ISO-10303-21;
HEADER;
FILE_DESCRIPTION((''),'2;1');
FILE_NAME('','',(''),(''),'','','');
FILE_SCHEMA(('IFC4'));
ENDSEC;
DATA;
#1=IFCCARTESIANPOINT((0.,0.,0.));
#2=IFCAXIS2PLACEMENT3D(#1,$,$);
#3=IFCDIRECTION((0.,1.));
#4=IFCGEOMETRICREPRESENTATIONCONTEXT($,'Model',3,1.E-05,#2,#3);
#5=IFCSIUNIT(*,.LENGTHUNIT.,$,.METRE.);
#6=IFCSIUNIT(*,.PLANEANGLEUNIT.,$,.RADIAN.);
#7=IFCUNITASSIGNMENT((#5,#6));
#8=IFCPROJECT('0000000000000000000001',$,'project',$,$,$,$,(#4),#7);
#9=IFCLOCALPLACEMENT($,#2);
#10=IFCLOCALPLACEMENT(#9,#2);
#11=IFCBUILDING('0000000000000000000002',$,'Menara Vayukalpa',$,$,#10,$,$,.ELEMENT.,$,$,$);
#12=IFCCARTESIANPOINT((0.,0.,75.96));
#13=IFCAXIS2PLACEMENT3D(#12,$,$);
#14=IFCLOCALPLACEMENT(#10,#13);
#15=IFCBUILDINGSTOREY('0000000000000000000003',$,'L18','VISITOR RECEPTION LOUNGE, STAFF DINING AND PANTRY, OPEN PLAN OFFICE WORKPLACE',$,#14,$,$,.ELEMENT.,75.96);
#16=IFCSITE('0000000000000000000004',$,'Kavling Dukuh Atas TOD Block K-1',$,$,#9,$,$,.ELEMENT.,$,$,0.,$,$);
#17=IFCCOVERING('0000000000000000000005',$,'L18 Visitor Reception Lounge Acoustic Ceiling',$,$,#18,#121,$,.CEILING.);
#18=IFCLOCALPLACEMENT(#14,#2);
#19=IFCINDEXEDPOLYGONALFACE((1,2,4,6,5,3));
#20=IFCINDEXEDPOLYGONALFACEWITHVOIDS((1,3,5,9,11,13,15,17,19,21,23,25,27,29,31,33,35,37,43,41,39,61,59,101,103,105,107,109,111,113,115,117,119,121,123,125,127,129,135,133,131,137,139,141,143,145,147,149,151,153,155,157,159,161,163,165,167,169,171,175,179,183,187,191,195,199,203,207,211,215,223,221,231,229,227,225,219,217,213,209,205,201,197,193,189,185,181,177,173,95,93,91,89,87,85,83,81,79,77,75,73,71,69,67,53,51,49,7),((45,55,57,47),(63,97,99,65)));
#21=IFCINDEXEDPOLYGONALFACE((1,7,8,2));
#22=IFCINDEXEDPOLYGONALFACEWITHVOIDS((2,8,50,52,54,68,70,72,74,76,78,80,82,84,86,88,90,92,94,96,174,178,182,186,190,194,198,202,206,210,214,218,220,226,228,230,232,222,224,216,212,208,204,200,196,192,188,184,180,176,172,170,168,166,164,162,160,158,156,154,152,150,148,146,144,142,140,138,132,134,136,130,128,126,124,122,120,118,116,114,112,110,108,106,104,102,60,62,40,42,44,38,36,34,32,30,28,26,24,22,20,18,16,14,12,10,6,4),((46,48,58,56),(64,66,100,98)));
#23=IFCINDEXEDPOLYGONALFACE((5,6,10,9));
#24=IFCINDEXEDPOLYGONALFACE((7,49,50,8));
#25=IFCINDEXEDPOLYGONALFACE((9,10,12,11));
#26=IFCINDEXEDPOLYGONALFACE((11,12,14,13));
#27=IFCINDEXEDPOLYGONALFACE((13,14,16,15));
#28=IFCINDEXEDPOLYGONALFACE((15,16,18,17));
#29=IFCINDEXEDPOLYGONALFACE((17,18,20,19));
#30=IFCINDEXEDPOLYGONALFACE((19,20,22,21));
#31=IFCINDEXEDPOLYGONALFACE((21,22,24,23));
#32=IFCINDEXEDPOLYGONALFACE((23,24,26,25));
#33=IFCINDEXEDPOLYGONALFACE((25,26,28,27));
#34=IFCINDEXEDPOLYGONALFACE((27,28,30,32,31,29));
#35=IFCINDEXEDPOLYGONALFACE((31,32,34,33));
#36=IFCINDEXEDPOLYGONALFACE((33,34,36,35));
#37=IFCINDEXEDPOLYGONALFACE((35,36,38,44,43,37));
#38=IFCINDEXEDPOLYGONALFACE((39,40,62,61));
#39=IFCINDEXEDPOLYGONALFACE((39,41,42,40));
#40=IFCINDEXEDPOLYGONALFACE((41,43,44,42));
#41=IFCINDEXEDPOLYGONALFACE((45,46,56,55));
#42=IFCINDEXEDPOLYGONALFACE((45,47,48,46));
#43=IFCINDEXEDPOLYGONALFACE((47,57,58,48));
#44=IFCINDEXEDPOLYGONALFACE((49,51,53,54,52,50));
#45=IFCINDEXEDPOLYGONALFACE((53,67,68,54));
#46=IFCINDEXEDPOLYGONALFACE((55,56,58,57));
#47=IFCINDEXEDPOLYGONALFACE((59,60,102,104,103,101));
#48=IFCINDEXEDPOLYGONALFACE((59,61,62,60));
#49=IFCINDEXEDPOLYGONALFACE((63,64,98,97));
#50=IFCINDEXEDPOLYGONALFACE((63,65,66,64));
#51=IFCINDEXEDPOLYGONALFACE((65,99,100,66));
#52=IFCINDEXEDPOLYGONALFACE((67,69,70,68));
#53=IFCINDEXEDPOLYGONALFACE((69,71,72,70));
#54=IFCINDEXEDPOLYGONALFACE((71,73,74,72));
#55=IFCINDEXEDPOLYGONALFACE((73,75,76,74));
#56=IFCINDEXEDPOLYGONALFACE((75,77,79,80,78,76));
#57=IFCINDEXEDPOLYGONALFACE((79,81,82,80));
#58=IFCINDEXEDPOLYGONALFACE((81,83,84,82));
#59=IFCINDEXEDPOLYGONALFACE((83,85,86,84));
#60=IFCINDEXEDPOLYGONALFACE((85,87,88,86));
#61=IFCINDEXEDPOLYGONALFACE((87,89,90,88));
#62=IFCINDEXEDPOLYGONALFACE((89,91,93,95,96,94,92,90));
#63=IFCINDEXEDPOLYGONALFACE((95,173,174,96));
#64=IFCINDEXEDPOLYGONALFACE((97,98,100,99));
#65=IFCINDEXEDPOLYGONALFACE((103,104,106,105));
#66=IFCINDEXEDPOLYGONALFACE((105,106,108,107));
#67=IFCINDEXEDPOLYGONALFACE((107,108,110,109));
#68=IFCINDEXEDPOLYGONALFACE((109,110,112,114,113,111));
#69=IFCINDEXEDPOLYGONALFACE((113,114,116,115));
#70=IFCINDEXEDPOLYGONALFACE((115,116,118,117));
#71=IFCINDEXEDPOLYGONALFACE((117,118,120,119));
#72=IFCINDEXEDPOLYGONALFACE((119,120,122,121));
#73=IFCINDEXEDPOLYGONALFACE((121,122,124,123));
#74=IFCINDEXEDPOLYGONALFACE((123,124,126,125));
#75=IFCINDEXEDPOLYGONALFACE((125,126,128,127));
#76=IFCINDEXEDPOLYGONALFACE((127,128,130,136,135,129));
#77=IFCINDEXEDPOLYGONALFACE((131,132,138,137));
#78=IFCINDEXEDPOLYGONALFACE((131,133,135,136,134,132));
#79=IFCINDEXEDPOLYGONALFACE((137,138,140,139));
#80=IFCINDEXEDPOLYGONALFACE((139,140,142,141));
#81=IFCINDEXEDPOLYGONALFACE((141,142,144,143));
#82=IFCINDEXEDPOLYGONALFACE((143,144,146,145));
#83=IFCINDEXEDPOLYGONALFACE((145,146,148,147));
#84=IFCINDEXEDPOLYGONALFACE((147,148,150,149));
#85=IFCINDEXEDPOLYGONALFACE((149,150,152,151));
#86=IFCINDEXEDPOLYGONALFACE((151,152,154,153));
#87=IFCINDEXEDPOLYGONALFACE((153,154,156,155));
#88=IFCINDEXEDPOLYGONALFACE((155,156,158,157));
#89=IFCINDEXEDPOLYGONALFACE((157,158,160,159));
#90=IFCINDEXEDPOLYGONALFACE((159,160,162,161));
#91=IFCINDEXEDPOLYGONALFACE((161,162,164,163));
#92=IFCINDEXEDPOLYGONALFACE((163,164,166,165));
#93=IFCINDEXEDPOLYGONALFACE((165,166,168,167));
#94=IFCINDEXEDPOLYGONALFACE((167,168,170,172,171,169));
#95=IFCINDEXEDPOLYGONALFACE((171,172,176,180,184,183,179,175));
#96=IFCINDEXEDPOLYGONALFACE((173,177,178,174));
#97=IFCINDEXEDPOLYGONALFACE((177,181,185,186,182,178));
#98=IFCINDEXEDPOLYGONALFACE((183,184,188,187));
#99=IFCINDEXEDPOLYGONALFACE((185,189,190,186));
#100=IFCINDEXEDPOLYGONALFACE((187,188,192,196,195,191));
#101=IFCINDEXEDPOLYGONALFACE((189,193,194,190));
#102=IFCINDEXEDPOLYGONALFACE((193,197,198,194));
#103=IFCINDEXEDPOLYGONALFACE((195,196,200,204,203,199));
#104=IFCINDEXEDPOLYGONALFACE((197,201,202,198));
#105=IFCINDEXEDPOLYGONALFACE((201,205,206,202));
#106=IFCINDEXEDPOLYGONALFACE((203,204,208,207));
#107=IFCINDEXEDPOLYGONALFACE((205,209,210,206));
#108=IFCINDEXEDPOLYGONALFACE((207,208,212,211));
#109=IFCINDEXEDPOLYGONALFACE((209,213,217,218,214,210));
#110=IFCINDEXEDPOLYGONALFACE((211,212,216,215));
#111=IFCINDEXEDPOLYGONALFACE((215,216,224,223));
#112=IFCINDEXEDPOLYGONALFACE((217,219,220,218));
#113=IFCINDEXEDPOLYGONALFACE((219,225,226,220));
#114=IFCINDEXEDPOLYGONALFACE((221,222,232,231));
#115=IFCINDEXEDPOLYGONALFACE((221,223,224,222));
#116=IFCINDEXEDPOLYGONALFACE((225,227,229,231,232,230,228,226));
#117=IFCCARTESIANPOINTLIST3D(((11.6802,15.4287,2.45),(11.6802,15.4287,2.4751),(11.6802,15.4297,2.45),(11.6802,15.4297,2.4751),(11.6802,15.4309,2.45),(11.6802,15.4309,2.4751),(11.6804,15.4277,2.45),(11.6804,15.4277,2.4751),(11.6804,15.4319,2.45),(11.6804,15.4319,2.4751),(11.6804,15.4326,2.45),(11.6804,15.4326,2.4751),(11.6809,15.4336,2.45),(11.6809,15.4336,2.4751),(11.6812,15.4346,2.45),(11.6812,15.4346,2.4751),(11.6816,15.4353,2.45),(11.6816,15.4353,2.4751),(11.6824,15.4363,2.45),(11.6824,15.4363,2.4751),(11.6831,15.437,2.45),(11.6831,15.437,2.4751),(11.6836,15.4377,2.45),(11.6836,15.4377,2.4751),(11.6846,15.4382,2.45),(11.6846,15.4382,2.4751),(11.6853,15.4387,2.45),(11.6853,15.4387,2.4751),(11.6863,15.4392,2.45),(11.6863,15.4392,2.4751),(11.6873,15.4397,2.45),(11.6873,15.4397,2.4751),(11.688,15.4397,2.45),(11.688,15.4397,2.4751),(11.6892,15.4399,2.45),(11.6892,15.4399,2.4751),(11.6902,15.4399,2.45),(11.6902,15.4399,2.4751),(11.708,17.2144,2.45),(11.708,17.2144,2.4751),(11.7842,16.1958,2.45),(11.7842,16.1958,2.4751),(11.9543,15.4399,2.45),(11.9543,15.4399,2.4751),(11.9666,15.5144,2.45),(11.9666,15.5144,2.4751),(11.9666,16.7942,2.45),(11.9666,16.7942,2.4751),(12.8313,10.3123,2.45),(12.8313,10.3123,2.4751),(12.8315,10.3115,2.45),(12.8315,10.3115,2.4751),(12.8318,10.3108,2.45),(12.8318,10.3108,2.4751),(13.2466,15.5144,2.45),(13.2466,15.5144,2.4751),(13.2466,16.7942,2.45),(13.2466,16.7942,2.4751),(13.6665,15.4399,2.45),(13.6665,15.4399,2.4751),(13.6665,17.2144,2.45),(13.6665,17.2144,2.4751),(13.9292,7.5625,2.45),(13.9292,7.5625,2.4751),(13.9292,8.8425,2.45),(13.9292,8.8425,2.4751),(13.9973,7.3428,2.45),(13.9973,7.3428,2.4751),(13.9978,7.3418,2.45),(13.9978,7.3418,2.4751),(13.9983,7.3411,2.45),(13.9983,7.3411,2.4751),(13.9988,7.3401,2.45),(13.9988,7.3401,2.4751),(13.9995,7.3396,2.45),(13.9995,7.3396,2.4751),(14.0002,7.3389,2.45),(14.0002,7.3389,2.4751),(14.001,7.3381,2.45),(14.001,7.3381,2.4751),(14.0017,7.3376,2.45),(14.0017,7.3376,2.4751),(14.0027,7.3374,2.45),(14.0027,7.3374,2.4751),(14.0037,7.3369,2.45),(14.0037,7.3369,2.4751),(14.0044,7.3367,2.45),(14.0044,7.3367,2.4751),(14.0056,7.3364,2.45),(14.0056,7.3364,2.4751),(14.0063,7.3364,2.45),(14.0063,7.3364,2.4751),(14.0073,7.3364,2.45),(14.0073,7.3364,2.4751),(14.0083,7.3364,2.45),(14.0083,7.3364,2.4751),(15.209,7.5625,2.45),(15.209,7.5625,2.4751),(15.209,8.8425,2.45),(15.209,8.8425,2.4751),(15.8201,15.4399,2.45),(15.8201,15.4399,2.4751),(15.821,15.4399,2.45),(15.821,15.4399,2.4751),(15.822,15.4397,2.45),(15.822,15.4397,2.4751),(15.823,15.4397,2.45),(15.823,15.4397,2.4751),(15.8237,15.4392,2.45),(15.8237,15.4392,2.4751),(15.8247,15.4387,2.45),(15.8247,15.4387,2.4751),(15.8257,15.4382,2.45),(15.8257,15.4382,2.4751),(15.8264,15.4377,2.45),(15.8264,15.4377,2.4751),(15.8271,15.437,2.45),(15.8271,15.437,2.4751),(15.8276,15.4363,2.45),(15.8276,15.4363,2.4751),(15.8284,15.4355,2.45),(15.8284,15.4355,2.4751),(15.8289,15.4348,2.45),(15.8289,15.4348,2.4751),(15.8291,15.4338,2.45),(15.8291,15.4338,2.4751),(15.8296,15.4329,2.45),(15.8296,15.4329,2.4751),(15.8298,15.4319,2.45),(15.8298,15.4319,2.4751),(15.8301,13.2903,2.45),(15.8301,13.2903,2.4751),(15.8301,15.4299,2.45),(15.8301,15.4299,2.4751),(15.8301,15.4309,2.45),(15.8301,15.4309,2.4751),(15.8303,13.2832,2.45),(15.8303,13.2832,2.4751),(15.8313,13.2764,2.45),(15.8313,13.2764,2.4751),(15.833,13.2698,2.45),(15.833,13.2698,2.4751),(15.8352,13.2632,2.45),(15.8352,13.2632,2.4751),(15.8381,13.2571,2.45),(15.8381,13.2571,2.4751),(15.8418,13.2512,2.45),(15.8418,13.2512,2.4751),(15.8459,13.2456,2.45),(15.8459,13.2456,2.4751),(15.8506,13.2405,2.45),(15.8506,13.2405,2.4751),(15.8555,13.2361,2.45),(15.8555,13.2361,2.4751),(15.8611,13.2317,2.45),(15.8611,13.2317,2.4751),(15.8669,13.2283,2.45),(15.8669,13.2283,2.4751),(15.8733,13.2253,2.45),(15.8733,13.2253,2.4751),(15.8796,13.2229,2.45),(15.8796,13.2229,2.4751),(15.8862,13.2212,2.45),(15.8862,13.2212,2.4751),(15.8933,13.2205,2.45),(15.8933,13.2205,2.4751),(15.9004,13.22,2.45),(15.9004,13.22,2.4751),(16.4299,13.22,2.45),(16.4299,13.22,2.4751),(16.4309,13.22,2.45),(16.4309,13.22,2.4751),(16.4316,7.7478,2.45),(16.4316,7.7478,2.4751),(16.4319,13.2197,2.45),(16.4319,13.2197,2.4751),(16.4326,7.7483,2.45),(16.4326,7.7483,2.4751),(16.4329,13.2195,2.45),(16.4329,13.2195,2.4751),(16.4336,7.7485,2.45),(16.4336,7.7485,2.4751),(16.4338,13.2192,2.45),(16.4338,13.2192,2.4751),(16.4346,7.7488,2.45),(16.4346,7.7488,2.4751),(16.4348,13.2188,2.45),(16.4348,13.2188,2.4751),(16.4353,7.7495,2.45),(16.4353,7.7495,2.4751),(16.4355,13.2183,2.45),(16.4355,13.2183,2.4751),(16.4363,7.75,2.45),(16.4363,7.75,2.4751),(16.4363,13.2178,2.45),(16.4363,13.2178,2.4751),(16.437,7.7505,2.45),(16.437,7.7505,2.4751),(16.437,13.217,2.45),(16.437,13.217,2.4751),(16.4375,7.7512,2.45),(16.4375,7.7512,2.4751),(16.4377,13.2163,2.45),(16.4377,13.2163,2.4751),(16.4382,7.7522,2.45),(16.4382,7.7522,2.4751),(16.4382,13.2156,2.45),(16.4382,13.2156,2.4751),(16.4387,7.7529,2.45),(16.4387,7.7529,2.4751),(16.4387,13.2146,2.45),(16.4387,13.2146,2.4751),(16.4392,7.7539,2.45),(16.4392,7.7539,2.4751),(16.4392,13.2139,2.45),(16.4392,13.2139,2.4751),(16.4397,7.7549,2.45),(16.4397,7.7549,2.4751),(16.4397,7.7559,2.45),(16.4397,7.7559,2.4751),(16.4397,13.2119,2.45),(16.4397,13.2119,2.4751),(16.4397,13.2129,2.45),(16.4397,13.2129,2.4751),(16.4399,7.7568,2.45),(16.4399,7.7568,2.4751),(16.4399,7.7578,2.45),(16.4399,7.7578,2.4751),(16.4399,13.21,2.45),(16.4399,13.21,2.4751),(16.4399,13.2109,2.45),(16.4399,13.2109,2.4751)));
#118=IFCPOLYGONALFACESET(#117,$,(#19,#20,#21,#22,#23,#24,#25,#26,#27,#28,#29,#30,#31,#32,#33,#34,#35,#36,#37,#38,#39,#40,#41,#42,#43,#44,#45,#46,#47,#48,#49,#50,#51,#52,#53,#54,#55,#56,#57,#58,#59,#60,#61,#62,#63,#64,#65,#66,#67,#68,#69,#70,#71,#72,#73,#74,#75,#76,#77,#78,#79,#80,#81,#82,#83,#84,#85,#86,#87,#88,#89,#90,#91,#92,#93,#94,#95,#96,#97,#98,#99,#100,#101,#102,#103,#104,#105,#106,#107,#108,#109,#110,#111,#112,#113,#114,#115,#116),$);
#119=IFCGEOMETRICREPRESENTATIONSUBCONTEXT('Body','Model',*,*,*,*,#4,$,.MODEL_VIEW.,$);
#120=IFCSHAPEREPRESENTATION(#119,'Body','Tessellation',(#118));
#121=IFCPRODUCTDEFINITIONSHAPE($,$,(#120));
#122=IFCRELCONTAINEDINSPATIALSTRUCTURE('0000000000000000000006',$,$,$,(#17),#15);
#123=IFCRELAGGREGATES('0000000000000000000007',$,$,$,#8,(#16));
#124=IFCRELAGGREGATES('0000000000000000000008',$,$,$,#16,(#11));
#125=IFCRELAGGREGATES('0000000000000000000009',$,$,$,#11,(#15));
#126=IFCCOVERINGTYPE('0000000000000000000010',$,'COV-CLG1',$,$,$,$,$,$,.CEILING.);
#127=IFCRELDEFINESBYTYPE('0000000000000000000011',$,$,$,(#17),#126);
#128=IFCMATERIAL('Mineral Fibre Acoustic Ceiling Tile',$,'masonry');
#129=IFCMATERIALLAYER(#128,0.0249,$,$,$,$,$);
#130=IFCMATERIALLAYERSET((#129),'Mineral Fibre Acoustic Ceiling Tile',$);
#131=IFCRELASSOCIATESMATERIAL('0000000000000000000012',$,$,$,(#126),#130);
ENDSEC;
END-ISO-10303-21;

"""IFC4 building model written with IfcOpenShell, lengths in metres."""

from ifc_helpers import new_model, si_unit, direction, frame, origin, place, context, subcontext, project, spatial, polyline, outline, extrude, material, layer, layer_set, type_object, element, save


model = new_model("IFC4")

# Units and contexts
model_context = context("Model", 3, precision=1e-05, world=origin(), true_north=direction((0.0, 1.0)))
body_context = subcontext(model_context, "Body", "Model", "MODEL_VIEW")
ifc_project = project(units=[si_unit("LENGTHUNIT", "METRE"), si_unit("PLANEANGLEUNIT", "RADIAN")], contexts=[model_context])

# Site, building, storey
site_placement = place(None, origin())
site = spatial("IfcSite", under=ifc_project, at=site_placement, Name="Kavling Dukuh Atas TOD Block K-1", CompositionType="ELEMENT", RefElevation=0.0)
building_placement = place(site_placement, origin())
building = spatial("IfcBuilding", under=site, at=building_placement, Name="Menara Vayukalpa", CompositionType="ELEMENT")
storey_placement = place(building_placement, frame((0.0, 0.0, 75.96)))
storey = spatial("IfcBuildingStorey", under=building, at=storey_placement, Name="L18", Description="VISITOR RECEPTION LOUNGE, STAFF DINING AND PANTRY, OPEN PLAN OFFICE WORKPLACE", CompositionType="ELEMENT", Elevation=75.96)

# Covering
ifc_material_1 = material(Name="Mineral Fibre Acoustic Ceiling Tile", Category="masonry")
ifc_layer_1 = layer(ifc_material_1, 0.0249)
ifc_layer_set_1 = layer_set([ifc_layer_1], Name="Mineral Fibre Acoustic Ceiling Tile")
covering_type_1 = type_object("IfcCoveringType", Name="COV-CLG1", PredefinedType="CEILING", material=ifc_layer_set_1)
covering_1_placement = place(storey_placement, frame((0.0, 0.0, 2.45)))
element("IfcCovering", 1, at=covering_1_placement, inside=storey, type_object=covering_type_1, Name="L18 Visitor Reception Lounge Acoustic Ceiling", PredefinedType="CEILING", context=body_context, shape_type="SweptSolid", body=[
    extrude(outline(polyline([(14.0056, 7.3364), (14.0044, 7.3367), (14.0037, 7.3369), (14.0027, 7.3374), (14.0017, 7.3376), (14.001, 7.3381), (14.0002, 7.3389), (13.9995, 7.3396), (13.9988, 7.3401), (13.9983, 7.3411), (13.9978, 7.3418), (13.9973, 7.3428), (12.8318, 10.3108), (12.8315, 10.3115), (12.8313, 10.3123), (11.6804, 15.4277), (11.6802, 15.4287), (11.6802, 15.4297), (11.6802, 15.4309), (11.6804, 15.4319), (11.6804, 15.4326), (11.6809, 15.4336), (11.6812, 15.4346), (11.6816, 15.4353), (11.6824, 15.4363), (11.6831, 15.437), (11.6836, 15.4377), (11.6846, 15.4382), (11.6853, 15.4387), (11.6863, 15.4392), (11.6873, 15.4397), (11.688, 15.4397), (11.6892, 15.4399), (11.6902, 15.4399), (11.9543, 15.4399), (11.7842, 16.1958), (11.708, 17.2144), (13.6665, 17.2144), (13.6665, 15.4399), (15.8201, 15.4399), (15.821, 15.4399), (15.822, 15.4397), (15.823, 15.4397), (15.8237, 15.4392), (15.8247, 15.4387), (15.8257, 15.4382), (15.8264, 15.4377), (15.8271, 15.437), (15.8276, 15.4363), (15.8284, 15.4355), (15.8289, 15.4348), (15.8291, 15.4338), (15.8296, 15.4329), (15.8298, 15.4319), (15.8301, 15.4309), (15.8301, 15.4299), (15.8301, 13.2903), (15.8303, 13.2832), (15.8313, 13.2764), (15.833, 13.2698), (15.8352, 13.2632), (15.8381, 13.2571), (15.8418, 13.2512), (15.8459, 13.2456), (15.8506, 13.2405), (15.8555, 13.2361), (15.8611, 13.2317), (15.8669, 13.2283), (15.8733, 13.2253), (15.8796, 13.2229), (15.8862, 13.2212), (15.8933, 13.2205), (15.9004, 13.22), (16.4299, 13.22), (16.4309, 13.22), (16.4319, 13.2197), (16.4329, 13.2195), (16.4338, 13.2192), (16.4348, 13.2188), (16.4355, 13.2183), (16.4363, 13.2178), (16.437, 13.217), (16.4377, 13.2163), (16.4382, 13.2156), (16.4387, 13.2146), (16.4392, 13.2139), (16.4397, 13.2129), (16.4397, 13.2119), (16.4399, 13.2109), (16.4399, 13.21), (16.4399, 7.7578), (16.4399, 7.7568), (16.4397, 7.7559), (16.4397, 7.7549), (16.4392, 7.7539), (16.4387, 7.7529), (16.4382, 7.7522), (16.4375, 7.7512), (16.437, 7.7505), (16.4363, 7.75), (16.4353, 7.7495), (16.4346, 7.7488), (16.4336, 7.7485), (16.4326, 7.7483), (16.4316, 7.7478), (14.0083, 7.3364), (14.0073, 7.3364), (14.0063, 7.3364), (14.0056, 7.3364)]), holes=[polyline([(15.209, 8.8425), (13.9292, 8.8425), (13.9292, 7.5625), (15.209, 7.5625), (15.209, 8.8425)]), polyline([(13.2466, 16.7942), (11.9666, 16.7942), (11.9666, 15.5144), (13.2466, 15.5144), (13.2466, 16.7942)])]), origin(), (0.0, 0.0, 1.0), 0.0251),
])

save(model, "model.ifc")
